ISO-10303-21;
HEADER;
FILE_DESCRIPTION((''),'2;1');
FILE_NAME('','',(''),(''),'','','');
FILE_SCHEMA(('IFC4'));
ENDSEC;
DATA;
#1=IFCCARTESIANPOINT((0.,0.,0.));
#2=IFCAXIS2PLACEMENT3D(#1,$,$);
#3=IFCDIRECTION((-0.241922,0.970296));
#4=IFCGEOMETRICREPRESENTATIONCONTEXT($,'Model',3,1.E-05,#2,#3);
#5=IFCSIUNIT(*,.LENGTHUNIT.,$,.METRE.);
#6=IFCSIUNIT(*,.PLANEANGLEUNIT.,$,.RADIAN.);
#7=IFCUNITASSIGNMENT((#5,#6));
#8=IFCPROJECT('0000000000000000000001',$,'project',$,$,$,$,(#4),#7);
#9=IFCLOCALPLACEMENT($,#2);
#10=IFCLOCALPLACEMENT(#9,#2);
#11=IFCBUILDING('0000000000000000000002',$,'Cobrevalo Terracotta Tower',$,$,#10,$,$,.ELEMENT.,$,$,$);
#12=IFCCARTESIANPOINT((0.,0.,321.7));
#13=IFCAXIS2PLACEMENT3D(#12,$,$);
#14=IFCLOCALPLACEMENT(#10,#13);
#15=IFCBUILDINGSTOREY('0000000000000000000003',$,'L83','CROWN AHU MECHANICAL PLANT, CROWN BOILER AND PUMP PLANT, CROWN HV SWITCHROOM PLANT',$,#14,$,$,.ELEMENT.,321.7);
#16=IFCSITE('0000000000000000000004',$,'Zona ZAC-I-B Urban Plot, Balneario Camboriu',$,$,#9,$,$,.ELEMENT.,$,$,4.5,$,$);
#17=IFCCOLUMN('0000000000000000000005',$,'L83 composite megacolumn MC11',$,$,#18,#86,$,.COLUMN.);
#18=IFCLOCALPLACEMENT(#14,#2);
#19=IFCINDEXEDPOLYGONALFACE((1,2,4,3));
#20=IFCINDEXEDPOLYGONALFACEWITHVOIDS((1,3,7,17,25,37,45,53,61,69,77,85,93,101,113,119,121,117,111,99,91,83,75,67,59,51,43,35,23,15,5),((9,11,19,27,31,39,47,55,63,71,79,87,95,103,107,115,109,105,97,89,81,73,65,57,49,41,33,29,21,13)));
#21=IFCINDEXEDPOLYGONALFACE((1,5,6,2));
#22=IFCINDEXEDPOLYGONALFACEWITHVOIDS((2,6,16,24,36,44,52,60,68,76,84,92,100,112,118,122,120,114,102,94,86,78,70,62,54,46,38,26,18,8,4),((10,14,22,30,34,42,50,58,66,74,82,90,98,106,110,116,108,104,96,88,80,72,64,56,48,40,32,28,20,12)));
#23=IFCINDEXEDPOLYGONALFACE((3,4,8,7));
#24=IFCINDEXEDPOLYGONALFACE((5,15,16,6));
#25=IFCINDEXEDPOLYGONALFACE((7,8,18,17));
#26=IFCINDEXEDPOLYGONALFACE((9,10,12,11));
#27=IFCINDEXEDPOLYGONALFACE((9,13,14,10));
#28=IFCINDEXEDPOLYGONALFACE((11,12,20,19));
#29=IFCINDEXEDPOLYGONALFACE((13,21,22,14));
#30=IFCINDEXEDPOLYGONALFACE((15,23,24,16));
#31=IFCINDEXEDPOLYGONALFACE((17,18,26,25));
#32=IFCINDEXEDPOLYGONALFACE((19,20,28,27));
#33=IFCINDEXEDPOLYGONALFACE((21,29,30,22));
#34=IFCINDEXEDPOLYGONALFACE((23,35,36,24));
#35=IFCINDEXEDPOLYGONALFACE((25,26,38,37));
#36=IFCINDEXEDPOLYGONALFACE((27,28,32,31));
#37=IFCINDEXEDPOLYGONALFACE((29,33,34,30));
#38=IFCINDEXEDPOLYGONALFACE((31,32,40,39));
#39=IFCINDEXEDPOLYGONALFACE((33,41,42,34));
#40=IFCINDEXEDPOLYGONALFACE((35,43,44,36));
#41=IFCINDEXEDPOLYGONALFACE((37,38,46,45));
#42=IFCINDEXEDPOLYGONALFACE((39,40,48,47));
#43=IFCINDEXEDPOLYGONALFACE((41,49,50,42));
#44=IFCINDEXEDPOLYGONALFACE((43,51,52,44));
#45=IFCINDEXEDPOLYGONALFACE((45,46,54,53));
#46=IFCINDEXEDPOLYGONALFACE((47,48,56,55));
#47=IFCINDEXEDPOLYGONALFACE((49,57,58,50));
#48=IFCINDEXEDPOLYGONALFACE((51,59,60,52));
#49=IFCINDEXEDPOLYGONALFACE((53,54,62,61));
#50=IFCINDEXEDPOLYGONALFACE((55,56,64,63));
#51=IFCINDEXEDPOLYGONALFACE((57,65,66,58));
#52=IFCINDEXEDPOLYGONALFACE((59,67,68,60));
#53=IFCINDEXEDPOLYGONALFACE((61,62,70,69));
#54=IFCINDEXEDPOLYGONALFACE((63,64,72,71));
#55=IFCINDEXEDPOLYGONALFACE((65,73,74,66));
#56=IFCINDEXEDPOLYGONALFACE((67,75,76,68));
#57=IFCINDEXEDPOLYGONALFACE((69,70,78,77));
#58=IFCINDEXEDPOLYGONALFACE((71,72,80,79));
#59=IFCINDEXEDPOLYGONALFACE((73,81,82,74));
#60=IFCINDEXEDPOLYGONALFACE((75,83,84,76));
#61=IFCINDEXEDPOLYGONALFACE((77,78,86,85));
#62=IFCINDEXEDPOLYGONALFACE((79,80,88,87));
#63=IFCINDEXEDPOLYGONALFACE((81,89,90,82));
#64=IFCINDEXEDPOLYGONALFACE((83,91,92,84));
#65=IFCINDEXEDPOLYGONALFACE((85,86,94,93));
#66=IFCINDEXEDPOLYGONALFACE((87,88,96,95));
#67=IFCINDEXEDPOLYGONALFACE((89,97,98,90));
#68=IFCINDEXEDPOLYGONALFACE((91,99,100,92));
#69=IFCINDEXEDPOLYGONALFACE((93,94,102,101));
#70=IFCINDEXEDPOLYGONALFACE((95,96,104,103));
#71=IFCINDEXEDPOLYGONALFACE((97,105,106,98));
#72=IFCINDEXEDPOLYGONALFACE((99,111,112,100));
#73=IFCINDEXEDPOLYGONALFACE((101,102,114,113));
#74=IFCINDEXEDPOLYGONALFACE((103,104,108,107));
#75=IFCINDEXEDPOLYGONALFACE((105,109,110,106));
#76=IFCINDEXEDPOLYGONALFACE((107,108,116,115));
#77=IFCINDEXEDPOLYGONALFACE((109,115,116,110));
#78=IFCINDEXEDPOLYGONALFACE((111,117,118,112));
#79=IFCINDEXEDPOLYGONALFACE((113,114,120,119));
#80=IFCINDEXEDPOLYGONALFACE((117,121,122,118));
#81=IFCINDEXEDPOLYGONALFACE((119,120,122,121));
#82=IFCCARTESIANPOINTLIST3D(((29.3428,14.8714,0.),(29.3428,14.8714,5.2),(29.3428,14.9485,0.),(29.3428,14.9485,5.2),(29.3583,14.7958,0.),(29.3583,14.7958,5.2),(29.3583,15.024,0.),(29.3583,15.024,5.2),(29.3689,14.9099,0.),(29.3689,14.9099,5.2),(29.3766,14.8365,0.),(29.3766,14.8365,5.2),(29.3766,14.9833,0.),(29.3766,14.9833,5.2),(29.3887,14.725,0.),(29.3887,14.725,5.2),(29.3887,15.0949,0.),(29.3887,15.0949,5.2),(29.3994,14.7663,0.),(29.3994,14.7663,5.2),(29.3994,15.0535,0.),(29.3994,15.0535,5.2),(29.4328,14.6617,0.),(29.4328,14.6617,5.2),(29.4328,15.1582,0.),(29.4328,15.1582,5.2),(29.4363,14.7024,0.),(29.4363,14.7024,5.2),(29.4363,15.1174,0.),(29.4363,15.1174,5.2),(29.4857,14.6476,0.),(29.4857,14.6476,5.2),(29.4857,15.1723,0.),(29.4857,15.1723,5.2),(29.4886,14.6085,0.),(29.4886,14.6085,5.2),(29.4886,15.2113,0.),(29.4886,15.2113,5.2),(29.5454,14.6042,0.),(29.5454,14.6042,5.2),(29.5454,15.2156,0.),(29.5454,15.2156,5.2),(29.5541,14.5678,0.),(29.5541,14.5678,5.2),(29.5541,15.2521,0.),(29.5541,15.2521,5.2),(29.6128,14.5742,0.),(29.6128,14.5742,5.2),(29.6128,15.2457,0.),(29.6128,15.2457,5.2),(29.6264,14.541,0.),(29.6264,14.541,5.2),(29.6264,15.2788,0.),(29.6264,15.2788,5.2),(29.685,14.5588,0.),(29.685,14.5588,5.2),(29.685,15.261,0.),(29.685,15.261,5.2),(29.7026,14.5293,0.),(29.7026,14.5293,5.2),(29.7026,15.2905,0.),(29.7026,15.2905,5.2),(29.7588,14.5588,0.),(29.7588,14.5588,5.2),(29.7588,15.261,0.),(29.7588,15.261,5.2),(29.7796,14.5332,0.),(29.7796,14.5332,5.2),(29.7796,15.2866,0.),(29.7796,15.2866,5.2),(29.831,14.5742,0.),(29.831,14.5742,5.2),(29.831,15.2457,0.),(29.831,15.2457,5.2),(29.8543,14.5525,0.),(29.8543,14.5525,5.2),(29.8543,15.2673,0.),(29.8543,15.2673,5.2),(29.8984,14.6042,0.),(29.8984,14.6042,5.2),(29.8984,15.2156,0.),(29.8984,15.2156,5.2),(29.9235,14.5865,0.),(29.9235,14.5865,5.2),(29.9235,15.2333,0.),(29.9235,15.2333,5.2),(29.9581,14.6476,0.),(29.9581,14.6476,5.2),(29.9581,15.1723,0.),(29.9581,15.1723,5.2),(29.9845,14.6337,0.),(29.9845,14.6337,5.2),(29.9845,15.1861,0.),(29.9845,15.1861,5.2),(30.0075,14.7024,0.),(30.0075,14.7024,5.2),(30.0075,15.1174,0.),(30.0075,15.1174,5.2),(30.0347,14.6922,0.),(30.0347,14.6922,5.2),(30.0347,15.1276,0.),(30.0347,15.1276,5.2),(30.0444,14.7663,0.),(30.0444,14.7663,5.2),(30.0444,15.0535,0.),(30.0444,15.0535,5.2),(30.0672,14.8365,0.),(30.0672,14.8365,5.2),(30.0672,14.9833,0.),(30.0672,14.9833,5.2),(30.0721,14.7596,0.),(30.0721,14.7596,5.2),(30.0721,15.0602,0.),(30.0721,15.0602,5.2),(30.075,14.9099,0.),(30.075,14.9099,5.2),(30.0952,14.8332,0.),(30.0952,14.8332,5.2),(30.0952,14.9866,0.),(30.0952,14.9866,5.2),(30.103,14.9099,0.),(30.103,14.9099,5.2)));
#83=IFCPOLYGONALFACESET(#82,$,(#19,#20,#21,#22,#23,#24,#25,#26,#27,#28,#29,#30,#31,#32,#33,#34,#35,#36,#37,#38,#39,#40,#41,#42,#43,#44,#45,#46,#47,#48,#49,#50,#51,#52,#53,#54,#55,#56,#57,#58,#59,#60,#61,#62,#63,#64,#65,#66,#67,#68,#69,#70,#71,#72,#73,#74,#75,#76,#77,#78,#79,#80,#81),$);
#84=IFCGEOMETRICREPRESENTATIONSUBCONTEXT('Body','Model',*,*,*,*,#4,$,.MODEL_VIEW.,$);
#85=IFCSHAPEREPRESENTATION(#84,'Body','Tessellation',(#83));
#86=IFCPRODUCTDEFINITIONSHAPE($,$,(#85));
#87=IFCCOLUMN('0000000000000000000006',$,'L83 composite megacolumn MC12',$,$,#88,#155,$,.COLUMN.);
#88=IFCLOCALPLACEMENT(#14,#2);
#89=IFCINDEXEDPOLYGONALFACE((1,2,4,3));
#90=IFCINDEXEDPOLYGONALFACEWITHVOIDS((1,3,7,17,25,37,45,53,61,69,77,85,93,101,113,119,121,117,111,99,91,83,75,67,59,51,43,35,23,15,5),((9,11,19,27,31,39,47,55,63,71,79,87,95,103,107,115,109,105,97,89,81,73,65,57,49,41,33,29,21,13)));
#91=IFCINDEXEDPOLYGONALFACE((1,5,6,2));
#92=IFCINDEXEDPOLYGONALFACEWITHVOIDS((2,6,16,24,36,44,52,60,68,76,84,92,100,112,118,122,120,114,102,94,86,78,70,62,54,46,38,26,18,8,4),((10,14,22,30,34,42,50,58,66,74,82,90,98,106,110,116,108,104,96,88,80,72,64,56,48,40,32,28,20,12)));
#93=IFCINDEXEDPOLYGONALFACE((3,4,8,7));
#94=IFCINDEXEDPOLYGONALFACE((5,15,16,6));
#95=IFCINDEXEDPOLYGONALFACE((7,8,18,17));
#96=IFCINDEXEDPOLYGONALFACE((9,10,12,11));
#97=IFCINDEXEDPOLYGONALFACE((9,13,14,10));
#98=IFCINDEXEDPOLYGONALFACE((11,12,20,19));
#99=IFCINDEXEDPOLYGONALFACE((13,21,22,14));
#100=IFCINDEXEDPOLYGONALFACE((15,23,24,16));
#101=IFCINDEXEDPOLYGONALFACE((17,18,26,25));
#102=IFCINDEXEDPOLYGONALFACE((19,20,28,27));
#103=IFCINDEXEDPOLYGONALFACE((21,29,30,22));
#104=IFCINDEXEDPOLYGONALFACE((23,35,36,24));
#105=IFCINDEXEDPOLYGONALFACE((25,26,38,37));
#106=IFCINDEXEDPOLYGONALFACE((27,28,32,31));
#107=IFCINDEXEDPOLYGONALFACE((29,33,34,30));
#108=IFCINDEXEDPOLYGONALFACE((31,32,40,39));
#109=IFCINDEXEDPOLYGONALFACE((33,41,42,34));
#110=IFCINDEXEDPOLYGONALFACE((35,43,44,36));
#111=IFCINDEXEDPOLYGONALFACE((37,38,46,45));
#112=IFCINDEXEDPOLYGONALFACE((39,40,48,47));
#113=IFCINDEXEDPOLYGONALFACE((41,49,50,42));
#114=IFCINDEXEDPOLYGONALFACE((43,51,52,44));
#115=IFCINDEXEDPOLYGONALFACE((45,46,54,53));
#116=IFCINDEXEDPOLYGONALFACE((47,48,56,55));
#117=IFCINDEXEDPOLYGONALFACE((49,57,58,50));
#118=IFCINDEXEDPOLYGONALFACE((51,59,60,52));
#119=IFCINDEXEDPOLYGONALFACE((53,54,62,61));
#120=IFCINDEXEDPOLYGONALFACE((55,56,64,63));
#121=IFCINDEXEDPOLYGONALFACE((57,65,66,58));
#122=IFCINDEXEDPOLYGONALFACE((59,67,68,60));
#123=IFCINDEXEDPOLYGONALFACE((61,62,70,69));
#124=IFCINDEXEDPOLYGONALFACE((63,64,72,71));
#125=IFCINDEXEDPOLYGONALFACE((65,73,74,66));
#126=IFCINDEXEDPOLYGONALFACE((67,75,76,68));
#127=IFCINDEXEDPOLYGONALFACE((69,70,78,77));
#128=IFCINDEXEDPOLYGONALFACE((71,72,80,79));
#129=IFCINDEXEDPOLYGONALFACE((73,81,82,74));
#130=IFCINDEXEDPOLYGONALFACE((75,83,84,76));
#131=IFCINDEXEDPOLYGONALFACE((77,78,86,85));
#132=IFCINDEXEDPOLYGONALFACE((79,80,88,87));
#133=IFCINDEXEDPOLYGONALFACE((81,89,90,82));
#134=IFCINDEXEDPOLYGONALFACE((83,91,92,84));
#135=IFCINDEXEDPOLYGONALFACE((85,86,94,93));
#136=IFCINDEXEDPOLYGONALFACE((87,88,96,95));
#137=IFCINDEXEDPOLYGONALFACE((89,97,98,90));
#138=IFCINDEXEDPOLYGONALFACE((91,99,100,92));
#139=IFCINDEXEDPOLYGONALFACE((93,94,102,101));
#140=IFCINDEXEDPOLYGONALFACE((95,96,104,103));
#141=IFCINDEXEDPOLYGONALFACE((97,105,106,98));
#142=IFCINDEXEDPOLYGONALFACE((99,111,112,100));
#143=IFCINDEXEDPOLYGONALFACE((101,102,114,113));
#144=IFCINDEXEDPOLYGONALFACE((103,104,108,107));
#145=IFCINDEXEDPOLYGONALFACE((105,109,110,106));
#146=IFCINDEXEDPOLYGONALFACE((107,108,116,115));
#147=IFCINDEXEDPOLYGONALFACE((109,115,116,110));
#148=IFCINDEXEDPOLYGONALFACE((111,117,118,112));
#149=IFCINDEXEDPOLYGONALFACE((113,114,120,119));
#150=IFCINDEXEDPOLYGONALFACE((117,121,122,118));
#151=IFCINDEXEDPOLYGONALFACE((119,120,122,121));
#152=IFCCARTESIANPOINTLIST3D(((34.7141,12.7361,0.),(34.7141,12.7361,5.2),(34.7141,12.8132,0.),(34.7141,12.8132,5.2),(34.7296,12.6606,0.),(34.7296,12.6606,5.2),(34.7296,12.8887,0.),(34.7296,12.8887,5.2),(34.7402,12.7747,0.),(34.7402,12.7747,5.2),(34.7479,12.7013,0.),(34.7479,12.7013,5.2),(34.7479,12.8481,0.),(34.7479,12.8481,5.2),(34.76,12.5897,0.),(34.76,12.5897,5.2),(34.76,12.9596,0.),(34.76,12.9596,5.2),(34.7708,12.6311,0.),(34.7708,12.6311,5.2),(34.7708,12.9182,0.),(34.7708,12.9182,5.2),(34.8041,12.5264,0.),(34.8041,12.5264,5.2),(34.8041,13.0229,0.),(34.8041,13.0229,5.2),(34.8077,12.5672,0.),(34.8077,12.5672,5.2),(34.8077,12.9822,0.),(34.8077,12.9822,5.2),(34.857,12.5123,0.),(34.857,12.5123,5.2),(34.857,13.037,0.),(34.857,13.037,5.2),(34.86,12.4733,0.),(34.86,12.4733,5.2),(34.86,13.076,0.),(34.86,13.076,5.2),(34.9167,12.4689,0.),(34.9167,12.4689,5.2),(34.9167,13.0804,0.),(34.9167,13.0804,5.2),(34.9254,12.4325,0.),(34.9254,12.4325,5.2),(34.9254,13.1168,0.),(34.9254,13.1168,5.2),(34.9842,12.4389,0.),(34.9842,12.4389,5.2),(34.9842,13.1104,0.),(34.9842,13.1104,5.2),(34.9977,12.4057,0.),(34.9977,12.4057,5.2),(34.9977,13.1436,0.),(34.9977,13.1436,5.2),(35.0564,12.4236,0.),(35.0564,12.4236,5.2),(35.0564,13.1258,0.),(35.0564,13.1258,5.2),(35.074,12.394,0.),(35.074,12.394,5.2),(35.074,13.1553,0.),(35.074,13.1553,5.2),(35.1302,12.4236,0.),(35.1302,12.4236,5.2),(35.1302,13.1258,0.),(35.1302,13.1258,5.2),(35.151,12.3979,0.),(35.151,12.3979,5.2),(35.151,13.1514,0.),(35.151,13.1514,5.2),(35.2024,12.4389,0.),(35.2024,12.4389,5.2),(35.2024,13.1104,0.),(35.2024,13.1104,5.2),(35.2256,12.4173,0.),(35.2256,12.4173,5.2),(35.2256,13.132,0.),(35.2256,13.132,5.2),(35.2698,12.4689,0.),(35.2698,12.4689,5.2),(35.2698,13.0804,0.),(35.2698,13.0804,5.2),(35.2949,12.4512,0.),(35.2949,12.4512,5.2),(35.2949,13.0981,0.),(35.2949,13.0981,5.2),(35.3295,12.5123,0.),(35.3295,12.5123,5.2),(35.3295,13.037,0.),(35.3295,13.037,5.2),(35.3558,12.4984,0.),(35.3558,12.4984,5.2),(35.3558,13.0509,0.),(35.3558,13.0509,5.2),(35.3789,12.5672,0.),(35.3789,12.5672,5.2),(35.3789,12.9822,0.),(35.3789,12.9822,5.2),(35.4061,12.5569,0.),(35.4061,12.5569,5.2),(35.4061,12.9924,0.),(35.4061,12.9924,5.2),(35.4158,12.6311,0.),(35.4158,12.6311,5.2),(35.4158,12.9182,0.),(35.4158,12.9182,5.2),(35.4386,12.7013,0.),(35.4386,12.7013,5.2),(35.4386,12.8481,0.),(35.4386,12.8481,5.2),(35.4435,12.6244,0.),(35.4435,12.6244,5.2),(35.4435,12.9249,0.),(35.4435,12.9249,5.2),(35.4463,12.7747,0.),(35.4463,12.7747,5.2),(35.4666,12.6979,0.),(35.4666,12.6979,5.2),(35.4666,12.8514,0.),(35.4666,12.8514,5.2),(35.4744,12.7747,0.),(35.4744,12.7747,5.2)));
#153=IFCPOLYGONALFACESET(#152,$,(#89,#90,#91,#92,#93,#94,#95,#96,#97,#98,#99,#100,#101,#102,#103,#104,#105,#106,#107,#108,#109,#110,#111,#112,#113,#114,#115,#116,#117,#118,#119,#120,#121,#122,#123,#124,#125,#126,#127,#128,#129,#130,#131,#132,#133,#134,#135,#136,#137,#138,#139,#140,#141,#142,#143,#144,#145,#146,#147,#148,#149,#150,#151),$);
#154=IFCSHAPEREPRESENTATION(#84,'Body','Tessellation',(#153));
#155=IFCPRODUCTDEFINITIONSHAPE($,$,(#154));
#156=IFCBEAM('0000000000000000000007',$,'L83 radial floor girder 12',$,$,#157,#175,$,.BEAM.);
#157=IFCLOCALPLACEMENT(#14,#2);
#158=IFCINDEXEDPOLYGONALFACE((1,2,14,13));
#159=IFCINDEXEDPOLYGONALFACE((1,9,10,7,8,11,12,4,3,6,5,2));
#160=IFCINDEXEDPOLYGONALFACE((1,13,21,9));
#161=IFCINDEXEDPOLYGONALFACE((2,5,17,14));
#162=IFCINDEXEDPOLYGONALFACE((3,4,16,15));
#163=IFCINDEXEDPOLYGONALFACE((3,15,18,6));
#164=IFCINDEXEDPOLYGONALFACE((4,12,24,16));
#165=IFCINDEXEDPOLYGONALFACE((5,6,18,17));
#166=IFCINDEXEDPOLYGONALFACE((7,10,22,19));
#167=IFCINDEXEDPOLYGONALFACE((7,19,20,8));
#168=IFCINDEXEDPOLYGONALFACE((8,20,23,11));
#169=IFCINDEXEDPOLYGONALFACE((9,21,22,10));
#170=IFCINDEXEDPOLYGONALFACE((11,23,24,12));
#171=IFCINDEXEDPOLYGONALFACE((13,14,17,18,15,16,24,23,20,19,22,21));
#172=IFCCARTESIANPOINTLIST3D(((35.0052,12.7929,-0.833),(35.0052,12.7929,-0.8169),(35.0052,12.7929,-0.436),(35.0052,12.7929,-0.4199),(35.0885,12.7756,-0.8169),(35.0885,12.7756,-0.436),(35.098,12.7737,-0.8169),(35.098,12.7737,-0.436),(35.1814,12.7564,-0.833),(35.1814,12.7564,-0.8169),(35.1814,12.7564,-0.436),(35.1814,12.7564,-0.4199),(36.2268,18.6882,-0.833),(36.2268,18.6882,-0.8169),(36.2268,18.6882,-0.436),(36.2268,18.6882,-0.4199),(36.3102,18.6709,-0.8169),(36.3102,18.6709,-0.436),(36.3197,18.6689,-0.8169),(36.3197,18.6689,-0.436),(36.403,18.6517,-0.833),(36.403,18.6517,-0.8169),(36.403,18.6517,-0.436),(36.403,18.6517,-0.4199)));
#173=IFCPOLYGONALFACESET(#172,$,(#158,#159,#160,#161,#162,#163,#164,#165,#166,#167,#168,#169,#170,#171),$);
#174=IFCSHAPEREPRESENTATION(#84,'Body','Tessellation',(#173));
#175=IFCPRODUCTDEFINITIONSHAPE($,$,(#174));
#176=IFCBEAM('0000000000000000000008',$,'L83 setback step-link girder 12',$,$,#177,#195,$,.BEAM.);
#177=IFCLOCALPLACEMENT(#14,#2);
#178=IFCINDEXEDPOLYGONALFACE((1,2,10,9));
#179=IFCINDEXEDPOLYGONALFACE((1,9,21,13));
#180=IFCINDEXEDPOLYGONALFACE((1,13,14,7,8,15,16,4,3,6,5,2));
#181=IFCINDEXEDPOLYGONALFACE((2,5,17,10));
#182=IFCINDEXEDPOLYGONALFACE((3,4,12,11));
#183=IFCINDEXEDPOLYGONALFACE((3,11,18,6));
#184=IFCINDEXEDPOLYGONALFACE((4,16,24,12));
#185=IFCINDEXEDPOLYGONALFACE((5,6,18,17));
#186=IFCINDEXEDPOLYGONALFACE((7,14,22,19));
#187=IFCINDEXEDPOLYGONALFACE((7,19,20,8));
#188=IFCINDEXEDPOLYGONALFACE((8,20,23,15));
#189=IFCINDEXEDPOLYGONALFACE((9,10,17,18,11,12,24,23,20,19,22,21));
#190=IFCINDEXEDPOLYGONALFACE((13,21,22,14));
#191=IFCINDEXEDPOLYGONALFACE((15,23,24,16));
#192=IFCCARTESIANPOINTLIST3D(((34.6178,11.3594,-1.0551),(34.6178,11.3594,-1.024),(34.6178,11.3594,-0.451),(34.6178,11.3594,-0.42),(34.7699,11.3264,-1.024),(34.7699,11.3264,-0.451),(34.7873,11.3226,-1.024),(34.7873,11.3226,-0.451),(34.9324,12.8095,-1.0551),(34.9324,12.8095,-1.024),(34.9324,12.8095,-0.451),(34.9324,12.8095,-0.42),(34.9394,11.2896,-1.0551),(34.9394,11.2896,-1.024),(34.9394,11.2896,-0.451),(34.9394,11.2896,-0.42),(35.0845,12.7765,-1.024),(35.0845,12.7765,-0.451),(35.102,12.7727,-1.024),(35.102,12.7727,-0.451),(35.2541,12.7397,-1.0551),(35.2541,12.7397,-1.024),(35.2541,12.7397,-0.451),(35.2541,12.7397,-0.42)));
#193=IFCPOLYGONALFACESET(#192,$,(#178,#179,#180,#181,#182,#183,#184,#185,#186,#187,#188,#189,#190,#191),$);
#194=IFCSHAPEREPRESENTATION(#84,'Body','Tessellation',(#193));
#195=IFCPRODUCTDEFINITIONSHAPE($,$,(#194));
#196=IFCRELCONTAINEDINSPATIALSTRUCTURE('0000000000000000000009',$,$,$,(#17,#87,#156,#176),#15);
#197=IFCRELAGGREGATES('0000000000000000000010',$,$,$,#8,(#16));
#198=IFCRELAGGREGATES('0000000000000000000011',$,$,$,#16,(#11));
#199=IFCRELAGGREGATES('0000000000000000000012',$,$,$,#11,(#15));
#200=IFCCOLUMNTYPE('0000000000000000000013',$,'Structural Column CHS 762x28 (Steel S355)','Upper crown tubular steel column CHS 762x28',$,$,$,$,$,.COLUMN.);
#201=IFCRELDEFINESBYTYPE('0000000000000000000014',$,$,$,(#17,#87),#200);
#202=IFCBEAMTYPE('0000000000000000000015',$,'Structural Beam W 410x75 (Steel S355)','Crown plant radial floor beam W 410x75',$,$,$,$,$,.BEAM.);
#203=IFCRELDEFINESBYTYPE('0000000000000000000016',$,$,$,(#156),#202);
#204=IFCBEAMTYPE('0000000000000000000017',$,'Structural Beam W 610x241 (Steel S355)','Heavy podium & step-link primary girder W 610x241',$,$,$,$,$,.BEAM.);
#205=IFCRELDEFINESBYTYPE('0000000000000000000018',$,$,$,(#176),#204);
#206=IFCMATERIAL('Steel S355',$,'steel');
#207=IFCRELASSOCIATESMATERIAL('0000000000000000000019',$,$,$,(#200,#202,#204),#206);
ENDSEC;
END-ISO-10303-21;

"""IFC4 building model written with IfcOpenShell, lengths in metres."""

from ifc_helpers import new_model, si_unit, direction, frame, origin, origin_2d, place, context, subcontext, project, spatial, hollow_circle, i_section, extrude, material, material_profile, profile_set, type_object, element, save


model = new_model("IFC4")

# Units and contexts
model_context = context("Model", 3, precision=1e-05, world=origin(), true_north=direction((-0.241922, 0.970296)))
body_context = subcontext(model_context, "Body", "Model", "MODEL_VIEW")
ifc_project = project(units=[si_unit("LENGTHUNIT", "METRE"), si_unit("PLANEANGLEUNIT", "RADIAN")], contexts=[model_context])

# Site, building, storey
site_placement = place(None, origin())
site = spatial("IfcSite", under=ifc_project, at=site_placement, Name="Zona ZAC-I-B Urban Plot, Balneario Camboriu", CompositionType="ELEMENT", RefElevation=4.5)
building_placement = place(site_placement, origin())
building = spatial("IfcBuilding", under=site, at=building_placement, Name="Cobrevalo Terracotta Tower", CompositionType="ELEMENT")
storey_placement = place(building_placement, frame((0.0, 0.0, 321.7)))
storey = spatial("IfcBuildingStorey", under=building, at=storey_placement, Name="L83", Description="CROWN AHU MECHANICAL PLANT, CROWN BOILER AND PUMP PLANT, CROWN HV SWITCHROOM PLANT", CompositionType="ELEMENT", Elevation=321.7)

# Columns
ifc_material_1 = material(Name="Steel S355", Category="steel")
ifc_material_profile_1 = material_profile(ifc_material_1, hollow_circle(Radius=0.3811, WallThickness=0.0281, at=origin_2d()), Name="CHS 762x28")
ifc_profile_set_1 = profile_set([ifc_material_profile_1], Name="Steel S355")
column_type = type_object("IfcColumnType", Name="Structural Column CHS 762x28 (Steel S355)", Description="Upper crown tubular steel column CHS 762x28", PredefinedType="COLUMN", material=ifc_profile_set_1)
for number, where, z_axis, x_axis, name in (
    (1, (29.7219, 14.9099, 0.0), (0.0, 0.0, 1.0), (1.0, 0.0, 0.0), "L83 composite megacolumn MC11"),
    (2, (35.0933, 12.7747, 0.0), (0.0, 0.0, 1.0), (1.0, 0.0, 0.0), "L83 composite megacolumn MC12"),
):
    element("IfcColumn", number, at=place(storey_placement, frame(where, z_axis=z_axis, x_axis=x_axis)), inside=storey, type_object=column_type, Name=name, PredefinedType="COLUMN", context=body_context, shape_type="SweptSolid", body=[
        extrude(hollow_circle(Radius=0.3811, WallThickness=0.0281, at=origin_2d()), origin(), (0.0, 0.0, 1.0), 5.2),
    ])

# Beams
ifc_material_profile_2 = material_profile(ifc_material_1, i_section(OverallWidth=0.1799, OverallDepth=0.4131, WebThickness=0.0098, FlangeThickness=0.0161, at=origin_2d()), Name="W 410x75")
ifc_profile_set_2 = profile_set([ifc_material_profile_2], Name="Steel S355")
beam_type_1 = type_object("IfcBeamType", Name="Structural Beam W 410x75 (Steel S355)", Description="Crown plant radial floor beam W 410x75", PredefinedType="BEAM", material=ifc_profile_set_2)
beam_1_placement = place(storey_placement, frame((35.0933, 12.7747, -0.6265), z_axis=(0.202919, 0.979195, 0.0), x_axis=(-0.979195, 0.202919, 0.0)))
element("IfcBeam", 3, at=beam_1_placement, inside=storey, type_object=beam_type_1, Name="L83 radial floor girder 12", PredefinedType="BEAM", context=body_context, shape_type="SweptSolid", body=[
    extrude(i_section(OverallWidth=0.1799, OverallDepth=0.4131, WebThickness=0.0098, FlangeThickness=0.0161, at=origin_2d()), origin(), (0.0, 0.0, 1.0), 6.0205),
])
ifc_material_profile_3 = material_profile(ifc_material_1, i_section(OverallWidth=0.3291, OverallDepth=0.635, WebThickness=0.0178, FlangeThickness=0.031, at=origin_2d()), Name="W 610x241")
ifc_profile_set_3 = profile_set([ifc_material_profile_3], Name="Steel S355")
beam_type_2 = type_object("IfcBeamType", Name="Structural Beam W 610x241 (Steel S355)", Description="Heavy podium & step-link primary girder W 610x241", PredefinedType="BEAM", material=ifc_profile_set_3)
beam_2_placement = place(storey_placement, frame((34.7786, 11.3245, -0.7375), z_axis=(0.212068, 0.977255, 0.0), x_axis=(-0.977255, 0.212068, 0.0)))
element("IfcBeam", 4, at=beam_2_placement, inside=storey, type_object=beam_type_2, Name="L83 setback step-link girder 12", PredefinedType="BEAM", context=body_context, shape_type="SweptSolid", body=[
    extrude(i_section(OverallWidth=0.3291, OverallDepth=0.635, WebThickness=0.0178, FlangeThickness=0.031, at=origin_2d()), origin(), (0.0, 0.0, 1.0), 1.4839),
])

save(model, "model.ifc")
